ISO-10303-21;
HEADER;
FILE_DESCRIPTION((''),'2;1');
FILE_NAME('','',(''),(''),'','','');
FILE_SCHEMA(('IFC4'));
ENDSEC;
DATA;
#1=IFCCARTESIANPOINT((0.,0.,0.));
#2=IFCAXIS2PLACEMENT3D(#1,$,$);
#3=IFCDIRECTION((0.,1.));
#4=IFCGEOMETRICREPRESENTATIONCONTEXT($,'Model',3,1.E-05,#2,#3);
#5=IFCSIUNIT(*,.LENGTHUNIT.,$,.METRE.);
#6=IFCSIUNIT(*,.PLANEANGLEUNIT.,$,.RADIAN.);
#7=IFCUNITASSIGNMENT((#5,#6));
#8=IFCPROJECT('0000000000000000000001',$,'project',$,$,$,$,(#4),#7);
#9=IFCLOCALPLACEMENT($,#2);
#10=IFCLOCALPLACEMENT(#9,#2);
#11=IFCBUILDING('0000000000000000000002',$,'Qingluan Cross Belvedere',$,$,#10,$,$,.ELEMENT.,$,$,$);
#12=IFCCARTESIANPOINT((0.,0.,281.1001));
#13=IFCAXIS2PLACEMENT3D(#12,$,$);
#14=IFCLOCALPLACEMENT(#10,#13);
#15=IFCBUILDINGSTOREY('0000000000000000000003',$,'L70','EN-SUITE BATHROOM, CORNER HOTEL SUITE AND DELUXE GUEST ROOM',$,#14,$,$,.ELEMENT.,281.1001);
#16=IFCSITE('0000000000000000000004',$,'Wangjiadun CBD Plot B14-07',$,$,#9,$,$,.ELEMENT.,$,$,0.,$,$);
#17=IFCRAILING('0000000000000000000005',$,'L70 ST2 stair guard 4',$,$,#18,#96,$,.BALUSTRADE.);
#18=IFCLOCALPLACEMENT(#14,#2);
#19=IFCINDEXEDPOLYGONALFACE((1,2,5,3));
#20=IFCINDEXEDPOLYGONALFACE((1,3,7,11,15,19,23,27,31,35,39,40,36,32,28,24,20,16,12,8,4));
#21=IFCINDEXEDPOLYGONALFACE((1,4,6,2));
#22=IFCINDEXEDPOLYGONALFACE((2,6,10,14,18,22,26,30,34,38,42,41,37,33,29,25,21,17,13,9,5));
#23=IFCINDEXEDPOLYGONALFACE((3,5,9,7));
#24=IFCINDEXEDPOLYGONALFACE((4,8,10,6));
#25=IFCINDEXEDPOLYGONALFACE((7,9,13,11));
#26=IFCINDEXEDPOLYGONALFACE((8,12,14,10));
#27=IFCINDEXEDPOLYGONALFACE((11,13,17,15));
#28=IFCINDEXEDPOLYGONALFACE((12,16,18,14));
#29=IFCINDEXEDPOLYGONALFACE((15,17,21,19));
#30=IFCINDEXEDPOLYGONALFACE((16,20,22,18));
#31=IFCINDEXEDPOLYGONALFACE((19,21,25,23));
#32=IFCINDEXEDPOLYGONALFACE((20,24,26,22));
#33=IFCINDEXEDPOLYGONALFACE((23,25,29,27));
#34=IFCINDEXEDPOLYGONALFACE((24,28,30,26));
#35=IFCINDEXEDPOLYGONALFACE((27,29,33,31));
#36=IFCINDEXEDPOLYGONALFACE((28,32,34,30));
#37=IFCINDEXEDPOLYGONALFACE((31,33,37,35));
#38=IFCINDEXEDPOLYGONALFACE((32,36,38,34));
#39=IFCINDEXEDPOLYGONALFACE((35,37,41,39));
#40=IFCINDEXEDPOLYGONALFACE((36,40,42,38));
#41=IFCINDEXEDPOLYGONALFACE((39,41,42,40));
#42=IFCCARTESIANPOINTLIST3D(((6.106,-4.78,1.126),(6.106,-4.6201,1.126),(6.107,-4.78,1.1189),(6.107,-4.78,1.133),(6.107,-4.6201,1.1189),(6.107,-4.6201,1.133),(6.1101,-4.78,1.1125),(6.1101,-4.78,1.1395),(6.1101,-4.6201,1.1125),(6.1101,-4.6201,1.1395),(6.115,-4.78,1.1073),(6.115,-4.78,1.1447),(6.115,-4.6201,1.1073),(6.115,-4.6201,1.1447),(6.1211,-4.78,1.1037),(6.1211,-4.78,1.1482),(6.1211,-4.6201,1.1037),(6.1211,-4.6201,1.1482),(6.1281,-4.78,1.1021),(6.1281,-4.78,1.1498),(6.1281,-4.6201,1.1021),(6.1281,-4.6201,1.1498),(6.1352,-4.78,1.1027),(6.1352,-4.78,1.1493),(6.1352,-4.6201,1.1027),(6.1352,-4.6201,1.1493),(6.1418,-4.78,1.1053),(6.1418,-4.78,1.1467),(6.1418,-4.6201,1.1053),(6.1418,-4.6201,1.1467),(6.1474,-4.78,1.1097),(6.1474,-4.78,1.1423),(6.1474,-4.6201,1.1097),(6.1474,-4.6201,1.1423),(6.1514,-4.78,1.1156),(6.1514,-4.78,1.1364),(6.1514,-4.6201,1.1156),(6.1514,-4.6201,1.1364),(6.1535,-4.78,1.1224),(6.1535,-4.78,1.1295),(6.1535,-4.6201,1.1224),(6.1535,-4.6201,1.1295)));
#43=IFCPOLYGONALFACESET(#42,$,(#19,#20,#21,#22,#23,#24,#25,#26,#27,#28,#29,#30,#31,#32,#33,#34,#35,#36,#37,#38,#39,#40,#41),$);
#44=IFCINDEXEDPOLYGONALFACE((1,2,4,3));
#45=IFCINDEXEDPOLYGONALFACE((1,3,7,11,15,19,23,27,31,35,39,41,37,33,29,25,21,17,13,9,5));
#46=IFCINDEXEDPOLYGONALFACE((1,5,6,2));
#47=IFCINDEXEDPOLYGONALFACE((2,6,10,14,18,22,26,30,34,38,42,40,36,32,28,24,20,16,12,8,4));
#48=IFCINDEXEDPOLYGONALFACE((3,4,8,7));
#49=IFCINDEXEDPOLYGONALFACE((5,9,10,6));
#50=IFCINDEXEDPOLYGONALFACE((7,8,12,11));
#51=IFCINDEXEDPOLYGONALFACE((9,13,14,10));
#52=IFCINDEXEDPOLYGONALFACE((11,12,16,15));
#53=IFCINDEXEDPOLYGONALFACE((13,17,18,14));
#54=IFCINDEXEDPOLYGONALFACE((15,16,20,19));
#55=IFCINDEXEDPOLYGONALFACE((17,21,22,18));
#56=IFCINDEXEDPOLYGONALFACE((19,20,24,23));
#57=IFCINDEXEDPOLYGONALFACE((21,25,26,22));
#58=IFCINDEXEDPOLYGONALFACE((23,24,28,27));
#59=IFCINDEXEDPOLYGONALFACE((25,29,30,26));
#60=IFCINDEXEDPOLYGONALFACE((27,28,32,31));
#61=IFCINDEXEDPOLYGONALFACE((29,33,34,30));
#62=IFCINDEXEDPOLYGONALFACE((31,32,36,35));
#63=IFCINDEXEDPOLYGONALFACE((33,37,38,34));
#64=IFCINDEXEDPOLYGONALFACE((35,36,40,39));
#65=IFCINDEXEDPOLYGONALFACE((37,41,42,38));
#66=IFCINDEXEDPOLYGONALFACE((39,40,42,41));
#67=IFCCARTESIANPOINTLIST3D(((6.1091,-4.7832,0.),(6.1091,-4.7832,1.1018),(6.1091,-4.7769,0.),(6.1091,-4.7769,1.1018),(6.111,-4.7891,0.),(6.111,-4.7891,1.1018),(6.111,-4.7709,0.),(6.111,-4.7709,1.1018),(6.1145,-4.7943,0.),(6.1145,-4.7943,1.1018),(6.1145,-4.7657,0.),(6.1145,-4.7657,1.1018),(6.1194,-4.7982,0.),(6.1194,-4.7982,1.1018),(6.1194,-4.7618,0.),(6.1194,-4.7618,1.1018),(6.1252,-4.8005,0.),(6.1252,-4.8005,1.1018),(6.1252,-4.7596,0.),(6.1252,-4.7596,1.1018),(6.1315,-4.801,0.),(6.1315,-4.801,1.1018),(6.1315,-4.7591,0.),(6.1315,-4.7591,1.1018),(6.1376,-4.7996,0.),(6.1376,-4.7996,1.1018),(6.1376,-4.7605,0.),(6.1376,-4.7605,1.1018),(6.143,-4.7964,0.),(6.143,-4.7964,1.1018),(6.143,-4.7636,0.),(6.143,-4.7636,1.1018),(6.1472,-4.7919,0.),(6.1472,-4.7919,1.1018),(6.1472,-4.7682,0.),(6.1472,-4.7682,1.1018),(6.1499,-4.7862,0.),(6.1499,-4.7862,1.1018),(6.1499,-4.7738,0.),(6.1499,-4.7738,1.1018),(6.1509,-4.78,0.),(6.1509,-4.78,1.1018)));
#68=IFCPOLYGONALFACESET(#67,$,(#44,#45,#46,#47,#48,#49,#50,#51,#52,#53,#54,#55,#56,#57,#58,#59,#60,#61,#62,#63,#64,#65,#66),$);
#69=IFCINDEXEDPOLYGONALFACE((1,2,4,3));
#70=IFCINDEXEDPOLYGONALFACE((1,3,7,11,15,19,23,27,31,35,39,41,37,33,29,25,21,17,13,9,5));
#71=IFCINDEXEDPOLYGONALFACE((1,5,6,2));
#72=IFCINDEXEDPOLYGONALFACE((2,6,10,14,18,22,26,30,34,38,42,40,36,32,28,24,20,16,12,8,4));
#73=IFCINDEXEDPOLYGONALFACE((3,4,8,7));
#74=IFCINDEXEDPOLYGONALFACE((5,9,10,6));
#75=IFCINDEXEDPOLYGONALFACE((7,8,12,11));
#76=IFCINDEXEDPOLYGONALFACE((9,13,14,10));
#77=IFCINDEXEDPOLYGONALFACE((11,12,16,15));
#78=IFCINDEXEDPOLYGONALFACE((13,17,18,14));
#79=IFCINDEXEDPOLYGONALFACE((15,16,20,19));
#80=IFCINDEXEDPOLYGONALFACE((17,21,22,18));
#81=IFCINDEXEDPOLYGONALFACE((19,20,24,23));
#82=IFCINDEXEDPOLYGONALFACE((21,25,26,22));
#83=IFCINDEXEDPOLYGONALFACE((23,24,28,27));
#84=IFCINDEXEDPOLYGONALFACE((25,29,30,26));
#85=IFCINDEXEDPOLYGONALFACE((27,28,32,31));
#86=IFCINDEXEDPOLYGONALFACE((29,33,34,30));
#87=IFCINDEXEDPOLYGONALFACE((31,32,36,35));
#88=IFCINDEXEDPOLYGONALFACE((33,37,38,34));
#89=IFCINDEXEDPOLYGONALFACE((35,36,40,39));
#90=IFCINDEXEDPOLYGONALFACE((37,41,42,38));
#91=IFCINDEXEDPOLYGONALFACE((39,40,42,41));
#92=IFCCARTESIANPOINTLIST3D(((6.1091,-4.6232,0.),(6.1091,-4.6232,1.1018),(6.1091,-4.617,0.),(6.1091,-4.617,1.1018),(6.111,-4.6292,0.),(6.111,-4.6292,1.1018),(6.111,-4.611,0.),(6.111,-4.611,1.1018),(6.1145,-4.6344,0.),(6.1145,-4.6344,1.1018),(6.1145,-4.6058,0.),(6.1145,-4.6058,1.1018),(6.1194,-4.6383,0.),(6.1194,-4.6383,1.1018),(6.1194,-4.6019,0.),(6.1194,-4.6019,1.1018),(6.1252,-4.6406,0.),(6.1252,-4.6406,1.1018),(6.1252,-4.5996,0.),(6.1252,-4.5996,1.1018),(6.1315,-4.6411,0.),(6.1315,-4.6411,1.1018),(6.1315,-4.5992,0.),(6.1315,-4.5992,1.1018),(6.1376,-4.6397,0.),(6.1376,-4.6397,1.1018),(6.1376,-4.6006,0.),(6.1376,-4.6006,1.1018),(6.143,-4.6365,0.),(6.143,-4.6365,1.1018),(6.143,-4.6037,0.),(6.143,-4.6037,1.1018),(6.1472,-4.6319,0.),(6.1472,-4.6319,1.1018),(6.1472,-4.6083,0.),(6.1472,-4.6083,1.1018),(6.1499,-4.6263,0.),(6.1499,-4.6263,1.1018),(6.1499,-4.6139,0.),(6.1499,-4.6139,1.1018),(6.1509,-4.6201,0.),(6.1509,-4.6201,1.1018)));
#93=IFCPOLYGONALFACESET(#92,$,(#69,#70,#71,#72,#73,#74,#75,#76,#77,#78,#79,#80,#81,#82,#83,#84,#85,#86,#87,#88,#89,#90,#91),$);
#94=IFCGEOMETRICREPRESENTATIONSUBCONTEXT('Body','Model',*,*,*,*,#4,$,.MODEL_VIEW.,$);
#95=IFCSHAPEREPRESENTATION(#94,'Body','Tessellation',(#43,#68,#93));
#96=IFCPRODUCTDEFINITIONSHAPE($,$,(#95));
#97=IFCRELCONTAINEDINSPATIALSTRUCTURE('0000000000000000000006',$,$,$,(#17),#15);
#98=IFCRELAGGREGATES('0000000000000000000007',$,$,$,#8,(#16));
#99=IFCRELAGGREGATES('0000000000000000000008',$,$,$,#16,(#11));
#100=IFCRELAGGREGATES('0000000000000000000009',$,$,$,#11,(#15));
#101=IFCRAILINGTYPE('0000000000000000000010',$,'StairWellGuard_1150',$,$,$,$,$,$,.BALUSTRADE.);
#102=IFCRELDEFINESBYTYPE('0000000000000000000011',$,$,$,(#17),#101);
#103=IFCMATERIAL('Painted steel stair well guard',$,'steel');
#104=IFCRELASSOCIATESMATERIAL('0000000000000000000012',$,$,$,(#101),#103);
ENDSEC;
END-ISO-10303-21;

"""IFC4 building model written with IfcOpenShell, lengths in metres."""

from ifc_helpers import new_model, si_unit, direction, frame, origin, origin_2d, place, context, subcontext, project, spatial, circle, extrude, material, type_object, element, save


model = new_model("IFC4")

# Units and contexts
model_context = context("Model", 3, precision=1e-05, world=origin(), true_north=direction((0.0, 1.0)))
body_context = subcontext(model_context, "Body", "Model", "MODEL_VIEW")
ifc_project = project(units=[si_unit("LENGTHUNIT", "METRE"), si_unit("PLANEANGLEUNIT", "RADIAN")], contexts=[model_context])

# Site, building, storey
site_placement = place(None, origin())
site = spatial("IfcSite", under=ifc_project, at=site_placement, Name="Wangjiadun CBD Plot B14-07", CompositionType="ELEMENT", RefElevation=0.0)
building_placement = place(site_placement, origin())
building = spatial("IfcBuilding", under=site, at=building_placement, Name="Qingluan Cross Belvedere", CompositionType="ELEMENT")
storey_placement = place(building_placement, frame((0.0, 0.0, 281.1001)))
storey = spatial("IfcBuildingStorey", under=building, at=storey_placement, Name="L70", Description="EN-SUITE BATHROOM, CORNER HOTEL SUITE AND DELUXE GUEST ROOM", CompositionType="ELEMENT", Elevation=281.1001)

# Railing
ifc_material_1 = material(Name="Painted steel stair well guard", Category="steel")
railing_type_1 = type_object("IfcRailingType", Name="StairWellGuard_1150", PredefinedType="BALUSTRADE", material=ifc_material_1)
railing_1_placement = place(storey_placement, frame((6.1299, -4.78, 0.0)))
element("IfcRailing", 1, at=railing_1_placement, inside=storey, type_object=railing_type_1, Name="L70 ST2 stair guard 4", PredefinedType="BALUSTRADE", context=body_context, shape_type="SweptSolid", body=[
    extrude(circle(Radius=0.0239, at=origin_2d()), frame((0.0, 0.0, 1.126), z_axis=(0.0, 1.0, 0.0), x_axis=(-1.0, 0.0, 0.0)), (0.0, 0.0, 1.0), 0.1599),
    extrude(circle(Radius=0.021, at=origin_2d()), origin(), (0.0, 0.0, 1.0), 1.1018),
    extrude(circle(Radius=0.021, at=origin_2d()), frame((0.0, 0.1599, 0.0)), (0.0, 0.0, 1.0), 1.1018),
])

save(model, "model.ifc")
